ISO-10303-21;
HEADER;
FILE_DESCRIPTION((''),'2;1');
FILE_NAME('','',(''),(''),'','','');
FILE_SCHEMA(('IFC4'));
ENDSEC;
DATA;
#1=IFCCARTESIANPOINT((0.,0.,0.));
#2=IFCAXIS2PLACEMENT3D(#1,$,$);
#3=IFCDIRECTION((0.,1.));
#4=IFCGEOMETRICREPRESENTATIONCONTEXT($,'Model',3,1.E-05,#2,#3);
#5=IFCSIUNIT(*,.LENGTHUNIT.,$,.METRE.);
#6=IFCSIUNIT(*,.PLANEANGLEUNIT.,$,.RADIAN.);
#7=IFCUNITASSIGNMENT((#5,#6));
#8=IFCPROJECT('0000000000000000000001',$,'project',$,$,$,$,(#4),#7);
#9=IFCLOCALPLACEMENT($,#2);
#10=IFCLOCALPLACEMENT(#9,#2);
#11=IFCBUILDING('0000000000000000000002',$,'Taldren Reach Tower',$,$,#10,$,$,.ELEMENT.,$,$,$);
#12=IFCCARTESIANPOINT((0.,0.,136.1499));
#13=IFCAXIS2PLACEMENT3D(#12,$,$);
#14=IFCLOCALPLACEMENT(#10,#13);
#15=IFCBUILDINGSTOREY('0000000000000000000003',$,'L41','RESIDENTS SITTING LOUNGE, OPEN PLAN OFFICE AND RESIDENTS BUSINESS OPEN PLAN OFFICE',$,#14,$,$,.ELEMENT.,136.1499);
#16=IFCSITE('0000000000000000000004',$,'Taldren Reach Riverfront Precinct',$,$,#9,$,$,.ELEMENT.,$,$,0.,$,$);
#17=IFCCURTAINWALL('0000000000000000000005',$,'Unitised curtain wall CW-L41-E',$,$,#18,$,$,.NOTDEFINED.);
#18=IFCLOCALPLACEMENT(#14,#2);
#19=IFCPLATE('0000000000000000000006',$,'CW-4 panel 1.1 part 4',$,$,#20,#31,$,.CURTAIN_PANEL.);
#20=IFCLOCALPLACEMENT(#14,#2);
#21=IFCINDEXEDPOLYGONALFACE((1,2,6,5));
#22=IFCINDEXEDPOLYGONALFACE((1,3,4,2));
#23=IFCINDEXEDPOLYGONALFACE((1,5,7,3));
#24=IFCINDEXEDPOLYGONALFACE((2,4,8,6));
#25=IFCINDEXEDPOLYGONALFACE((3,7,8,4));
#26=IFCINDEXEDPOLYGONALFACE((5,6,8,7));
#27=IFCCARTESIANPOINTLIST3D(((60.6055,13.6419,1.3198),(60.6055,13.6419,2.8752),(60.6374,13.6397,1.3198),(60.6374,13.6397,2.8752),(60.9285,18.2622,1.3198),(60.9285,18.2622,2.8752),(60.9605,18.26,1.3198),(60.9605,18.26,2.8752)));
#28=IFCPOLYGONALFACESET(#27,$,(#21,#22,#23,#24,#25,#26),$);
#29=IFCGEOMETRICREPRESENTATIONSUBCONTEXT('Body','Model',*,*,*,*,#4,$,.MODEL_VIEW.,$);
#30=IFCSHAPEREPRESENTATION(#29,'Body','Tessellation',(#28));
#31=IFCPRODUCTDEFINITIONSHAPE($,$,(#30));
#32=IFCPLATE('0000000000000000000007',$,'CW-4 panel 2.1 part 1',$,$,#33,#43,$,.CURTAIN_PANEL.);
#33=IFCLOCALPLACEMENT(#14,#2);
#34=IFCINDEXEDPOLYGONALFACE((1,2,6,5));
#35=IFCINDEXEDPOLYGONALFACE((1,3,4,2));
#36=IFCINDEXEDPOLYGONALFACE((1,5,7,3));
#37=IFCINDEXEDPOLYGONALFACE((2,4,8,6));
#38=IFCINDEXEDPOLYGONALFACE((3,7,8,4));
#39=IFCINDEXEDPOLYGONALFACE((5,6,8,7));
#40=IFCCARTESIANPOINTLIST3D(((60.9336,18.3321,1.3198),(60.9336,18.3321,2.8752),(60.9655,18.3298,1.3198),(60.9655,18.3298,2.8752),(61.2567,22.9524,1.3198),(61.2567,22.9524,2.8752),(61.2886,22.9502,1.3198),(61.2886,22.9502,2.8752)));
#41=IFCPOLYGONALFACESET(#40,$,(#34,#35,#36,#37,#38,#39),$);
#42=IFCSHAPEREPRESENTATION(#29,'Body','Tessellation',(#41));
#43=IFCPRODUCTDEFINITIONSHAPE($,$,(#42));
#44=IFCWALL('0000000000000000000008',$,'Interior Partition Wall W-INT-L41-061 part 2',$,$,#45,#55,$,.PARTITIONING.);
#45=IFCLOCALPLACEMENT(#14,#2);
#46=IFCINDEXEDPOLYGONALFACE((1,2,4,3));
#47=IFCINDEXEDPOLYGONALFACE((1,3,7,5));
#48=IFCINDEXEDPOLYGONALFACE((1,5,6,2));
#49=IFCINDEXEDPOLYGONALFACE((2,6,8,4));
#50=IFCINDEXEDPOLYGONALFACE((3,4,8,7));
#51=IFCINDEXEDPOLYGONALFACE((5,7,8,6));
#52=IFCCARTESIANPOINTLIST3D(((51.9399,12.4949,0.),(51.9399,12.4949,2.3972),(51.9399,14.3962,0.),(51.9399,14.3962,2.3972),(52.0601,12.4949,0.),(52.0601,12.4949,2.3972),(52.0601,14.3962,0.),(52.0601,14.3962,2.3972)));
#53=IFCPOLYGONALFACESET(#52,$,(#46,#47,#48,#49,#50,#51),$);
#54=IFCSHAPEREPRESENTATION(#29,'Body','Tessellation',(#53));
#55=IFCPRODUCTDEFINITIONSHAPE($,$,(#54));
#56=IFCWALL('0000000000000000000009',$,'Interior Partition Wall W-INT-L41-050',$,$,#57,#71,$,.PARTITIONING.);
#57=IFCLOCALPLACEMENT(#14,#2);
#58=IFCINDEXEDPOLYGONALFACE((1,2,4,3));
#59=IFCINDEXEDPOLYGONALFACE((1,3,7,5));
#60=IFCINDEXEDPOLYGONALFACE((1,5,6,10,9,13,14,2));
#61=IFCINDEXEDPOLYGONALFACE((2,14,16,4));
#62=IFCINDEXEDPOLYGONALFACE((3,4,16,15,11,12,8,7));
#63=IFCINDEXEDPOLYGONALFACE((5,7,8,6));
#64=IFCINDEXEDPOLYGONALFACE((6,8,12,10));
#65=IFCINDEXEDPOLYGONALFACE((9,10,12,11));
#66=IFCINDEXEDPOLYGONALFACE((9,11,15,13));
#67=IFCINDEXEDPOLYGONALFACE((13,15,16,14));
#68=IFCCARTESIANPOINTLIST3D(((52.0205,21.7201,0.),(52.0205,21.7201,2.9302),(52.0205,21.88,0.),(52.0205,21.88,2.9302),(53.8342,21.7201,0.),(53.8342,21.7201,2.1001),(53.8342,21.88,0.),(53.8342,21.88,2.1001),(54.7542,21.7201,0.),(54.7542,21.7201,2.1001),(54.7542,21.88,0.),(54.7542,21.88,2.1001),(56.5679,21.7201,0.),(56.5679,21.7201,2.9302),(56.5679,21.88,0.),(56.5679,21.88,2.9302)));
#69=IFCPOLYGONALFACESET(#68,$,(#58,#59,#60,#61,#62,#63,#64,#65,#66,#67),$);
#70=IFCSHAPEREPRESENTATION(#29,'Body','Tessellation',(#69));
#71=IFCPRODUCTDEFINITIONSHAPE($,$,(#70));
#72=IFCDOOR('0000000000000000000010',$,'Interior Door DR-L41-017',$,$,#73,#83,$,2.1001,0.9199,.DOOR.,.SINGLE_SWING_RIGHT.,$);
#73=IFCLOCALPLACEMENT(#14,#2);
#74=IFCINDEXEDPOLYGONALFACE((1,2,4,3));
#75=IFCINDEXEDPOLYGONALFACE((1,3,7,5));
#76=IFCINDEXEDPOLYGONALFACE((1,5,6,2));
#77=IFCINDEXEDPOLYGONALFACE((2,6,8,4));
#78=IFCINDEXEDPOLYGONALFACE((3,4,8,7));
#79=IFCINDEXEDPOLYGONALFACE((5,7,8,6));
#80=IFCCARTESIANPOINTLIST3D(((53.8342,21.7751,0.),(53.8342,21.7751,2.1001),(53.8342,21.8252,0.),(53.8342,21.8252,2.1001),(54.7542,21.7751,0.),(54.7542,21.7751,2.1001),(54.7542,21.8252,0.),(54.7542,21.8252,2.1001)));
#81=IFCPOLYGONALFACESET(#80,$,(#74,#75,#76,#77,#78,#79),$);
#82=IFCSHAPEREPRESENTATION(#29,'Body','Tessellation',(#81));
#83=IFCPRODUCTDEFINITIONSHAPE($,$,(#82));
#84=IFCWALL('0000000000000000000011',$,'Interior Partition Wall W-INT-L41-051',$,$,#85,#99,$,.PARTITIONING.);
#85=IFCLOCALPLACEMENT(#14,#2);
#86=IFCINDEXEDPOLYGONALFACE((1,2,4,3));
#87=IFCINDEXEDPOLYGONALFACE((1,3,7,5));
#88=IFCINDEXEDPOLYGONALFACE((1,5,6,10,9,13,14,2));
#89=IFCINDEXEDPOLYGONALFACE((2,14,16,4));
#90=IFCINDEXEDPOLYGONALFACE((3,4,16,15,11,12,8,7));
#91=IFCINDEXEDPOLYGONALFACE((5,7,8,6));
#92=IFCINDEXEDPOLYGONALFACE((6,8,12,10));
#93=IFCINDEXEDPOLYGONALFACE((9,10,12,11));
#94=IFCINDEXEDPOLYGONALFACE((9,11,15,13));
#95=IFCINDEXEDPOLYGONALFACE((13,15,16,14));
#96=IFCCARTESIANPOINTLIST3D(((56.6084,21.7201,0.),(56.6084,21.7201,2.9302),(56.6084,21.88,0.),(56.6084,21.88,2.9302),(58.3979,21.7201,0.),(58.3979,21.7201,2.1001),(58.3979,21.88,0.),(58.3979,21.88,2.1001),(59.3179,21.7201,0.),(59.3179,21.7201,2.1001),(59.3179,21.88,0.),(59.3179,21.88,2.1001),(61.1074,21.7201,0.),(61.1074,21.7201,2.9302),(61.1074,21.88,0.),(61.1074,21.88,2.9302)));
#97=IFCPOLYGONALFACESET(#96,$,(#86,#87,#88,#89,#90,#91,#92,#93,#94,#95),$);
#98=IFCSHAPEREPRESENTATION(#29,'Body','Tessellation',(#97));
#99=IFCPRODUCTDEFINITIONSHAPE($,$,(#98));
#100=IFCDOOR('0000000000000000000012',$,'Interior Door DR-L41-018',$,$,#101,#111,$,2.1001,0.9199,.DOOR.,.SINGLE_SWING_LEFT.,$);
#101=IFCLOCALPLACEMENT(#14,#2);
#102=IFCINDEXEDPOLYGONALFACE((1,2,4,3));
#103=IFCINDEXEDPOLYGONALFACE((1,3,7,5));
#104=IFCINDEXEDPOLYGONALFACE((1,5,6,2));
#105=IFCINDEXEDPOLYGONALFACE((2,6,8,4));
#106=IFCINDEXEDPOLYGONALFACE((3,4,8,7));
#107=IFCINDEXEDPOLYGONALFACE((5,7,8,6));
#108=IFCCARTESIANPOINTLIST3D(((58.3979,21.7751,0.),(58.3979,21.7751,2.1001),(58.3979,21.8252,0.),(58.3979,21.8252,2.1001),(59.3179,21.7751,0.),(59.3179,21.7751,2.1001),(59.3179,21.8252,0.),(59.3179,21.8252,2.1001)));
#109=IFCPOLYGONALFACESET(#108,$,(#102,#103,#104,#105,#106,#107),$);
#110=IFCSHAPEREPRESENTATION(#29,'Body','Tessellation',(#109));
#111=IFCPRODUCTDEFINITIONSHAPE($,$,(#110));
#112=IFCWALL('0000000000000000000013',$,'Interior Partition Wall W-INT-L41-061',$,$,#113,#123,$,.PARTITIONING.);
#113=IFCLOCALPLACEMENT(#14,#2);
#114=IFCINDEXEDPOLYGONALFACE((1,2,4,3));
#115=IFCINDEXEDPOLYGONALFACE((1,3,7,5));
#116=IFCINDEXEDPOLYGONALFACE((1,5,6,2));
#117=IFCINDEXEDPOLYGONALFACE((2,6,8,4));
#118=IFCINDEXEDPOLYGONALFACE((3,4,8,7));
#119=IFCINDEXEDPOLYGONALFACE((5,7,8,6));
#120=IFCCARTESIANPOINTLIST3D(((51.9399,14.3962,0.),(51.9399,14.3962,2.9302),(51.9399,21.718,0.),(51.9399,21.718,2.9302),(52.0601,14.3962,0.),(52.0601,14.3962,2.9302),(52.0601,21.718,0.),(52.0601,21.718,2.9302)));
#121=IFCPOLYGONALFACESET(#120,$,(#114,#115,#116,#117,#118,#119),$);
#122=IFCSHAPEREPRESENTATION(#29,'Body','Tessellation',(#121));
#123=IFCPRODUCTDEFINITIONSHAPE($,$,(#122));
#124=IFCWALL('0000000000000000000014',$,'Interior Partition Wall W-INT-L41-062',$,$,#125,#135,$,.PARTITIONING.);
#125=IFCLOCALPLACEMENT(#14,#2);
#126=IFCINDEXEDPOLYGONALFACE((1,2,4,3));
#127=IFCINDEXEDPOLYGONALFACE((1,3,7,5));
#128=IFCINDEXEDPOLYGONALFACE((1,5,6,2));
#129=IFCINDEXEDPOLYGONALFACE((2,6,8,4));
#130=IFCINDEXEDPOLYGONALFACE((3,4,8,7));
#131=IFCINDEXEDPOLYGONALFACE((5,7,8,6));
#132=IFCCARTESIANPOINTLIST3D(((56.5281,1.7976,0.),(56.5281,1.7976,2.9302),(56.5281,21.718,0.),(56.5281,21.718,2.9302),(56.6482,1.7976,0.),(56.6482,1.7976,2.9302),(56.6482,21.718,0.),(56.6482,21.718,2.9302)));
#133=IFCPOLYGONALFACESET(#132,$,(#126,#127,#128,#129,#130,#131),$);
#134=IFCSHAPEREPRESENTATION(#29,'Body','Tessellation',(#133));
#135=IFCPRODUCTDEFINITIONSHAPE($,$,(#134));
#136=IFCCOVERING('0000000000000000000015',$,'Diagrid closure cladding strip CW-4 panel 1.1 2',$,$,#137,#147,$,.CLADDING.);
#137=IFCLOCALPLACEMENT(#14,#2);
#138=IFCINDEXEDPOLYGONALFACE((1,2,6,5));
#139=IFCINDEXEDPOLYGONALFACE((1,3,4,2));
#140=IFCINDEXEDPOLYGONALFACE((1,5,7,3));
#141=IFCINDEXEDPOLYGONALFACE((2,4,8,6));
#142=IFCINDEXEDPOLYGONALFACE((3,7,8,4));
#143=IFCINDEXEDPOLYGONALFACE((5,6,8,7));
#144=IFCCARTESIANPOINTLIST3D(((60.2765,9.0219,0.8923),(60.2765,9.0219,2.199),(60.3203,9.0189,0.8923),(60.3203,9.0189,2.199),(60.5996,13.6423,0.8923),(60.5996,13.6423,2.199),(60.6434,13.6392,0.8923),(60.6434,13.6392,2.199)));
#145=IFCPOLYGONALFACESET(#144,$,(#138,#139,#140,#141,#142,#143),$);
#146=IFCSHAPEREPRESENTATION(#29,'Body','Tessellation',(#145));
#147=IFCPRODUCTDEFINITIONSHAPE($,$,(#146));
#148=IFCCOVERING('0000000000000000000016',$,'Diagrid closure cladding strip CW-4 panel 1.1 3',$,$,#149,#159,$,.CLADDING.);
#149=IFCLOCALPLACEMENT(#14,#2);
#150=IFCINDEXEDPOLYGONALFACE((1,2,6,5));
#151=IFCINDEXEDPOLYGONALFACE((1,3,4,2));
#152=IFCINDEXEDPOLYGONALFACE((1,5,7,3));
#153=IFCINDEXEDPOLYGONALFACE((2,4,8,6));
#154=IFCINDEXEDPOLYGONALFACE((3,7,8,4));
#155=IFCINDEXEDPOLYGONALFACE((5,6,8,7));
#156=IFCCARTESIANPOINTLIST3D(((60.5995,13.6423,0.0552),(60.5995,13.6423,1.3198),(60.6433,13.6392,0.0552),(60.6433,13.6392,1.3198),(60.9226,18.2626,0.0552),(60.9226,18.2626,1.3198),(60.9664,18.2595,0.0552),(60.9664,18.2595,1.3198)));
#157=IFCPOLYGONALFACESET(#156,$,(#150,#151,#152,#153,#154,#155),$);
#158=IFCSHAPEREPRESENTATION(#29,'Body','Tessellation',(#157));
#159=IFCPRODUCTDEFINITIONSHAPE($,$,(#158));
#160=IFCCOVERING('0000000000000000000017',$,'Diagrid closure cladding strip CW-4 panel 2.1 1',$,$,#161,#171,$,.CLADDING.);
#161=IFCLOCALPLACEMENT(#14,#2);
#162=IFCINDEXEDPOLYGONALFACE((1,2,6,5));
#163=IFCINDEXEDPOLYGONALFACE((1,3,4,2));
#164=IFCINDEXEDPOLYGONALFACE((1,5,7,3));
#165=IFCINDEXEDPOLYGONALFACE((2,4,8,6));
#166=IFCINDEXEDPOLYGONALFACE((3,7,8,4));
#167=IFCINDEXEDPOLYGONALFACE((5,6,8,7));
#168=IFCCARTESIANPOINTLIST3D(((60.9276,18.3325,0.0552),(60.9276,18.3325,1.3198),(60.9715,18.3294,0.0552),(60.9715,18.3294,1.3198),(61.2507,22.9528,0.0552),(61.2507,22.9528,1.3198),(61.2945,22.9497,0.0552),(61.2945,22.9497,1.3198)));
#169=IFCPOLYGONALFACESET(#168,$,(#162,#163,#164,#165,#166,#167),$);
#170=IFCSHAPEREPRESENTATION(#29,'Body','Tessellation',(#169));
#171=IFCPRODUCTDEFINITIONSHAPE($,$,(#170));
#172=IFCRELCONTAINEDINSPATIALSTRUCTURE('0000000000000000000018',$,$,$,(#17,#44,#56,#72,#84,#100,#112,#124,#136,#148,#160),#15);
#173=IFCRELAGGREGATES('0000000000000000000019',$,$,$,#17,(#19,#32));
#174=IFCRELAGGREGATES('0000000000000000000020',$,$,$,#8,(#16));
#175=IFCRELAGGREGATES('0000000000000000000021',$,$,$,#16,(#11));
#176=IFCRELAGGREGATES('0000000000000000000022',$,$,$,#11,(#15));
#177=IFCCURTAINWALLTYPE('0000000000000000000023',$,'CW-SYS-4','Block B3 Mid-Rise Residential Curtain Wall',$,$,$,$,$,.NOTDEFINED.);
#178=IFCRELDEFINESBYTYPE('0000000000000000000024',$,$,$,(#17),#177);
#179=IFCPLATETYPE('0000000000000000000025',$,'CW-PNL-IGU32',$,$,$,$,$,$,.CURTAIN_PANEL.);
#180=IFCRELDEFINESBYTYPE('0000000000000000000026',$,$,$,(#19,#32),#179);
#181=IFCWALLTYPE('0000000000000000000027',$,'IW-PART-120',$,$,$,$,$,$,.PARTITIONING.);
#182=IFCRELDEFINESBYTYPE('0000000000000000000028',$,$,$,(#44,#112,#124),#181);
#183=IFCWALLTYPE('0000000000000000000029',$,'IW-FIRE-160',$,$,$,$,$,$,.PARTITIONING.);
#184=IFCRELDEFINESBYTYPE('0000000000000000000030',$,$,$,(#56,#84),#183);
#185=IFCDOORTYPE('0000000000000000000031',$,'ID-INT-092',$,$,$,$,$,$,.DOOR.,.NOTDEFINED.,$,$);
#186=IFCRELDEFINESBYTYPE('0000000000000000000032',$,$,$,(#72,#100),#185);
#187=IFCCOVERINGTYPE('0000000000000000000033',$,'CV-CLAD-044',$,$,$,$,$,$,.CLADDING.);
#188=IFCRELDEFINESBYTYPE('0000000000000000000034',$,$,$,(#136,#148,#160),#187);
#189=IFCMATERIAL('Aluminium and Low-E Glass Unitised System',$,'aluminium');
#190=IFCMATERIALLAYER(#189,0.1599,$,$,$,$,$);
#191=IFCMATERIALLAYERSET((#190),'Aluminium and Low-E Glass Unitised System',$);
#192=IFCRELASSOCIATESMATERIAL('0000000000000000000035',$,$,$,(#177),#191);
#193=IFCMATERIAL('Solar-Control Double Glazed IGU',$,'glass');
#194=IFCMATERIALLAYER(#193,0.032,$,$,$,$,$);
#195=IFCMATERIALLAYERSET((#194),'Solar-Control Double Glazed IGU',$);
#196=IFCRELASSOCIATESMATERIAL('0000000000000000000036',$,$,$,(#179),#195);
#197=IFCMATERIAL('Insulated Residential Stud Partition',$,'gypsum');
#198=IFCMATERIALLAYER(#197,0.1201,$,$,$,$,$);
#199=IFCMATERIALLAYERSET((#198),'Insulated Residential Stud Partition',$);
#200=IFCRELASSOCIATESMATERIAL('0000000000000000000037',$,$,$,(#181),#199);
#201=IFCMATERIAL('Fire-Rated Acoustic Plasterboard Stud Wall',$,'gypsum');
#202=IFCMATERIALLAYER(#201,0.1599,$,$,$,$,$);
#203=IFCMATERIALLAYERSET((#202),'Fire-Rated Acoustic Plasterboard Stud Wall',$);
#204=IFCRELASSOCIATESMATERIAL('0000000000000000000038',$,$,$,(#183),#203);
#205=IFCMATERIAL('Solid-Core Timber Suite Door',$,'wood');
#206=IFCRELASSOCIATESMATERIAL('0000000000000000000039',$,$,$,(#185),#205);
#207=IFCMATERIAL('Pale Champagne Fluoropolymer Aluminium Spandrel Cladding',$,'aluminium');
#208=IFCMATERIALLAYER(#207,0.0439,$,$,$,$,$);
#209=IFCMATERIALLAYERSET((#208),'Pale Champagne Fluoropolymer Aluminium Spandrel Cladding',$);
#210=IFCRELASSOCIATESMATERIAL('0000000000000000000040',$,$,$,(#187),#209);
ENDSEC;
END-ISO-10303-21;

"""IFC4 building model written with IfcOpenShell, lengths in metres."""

from ifc_helpers import new_model, si_unit, direction, frame, frame_2d, origin, origin_2d, place, context, subcontext, project, spatial, rectangle, extrude, source, transform, mapped, material, layer, layer_set, type_object, element, fill, aggregate, save


model = new_model("IFC4")

# Units and contexts
model_context = context("Model", 3, precision=1e-05, world=origin(), true_north=direction((0.0, 1.0)))
body_context = subcontext(model_context, "Body", "Model", "MODEL_VIEW")
ifc_project = project(units=[si_unit("LENGTHUNIT", "METRE"), si_unit("PLANEANGLEUNIT", "RADIAN")], contexts=[model_context])

# Site, building, storey
site_placement = place(None, origin())
site = spatial("IfcSite", under=ifc_project, at=site_placement, Name="Taldren Reach Riverfront Precinct", CompositionType="ELEMENT", RefElevation=0.0)
building_placement = place(site_placement, origin())
building = spatial("IfcBuilding", under=site, at=building_placement, Name="Taldren Reach Tower", CompositionType="ELEMENT")
storey_placement = place(building_placement, frame((0.0, 0.0, 136.1499)))
storey = spatial("IfcBuildingStorey", under=building, at=storey_placement, Name="L41", Description="RESIDENTS SITTING LOUNGE, OPEN PLAN OFFICE AND RESIDENTS BUSINESS OPEN PLAN OFFICE", CompositionType="ELEMENT", Elevation=136.1499)

# Curtain wall
ifc_material_1 = material(Name="Aluminium and Low-E Glass Unitised System", Category="aluminium")
ifc_layer_1 = layer(ifc_material_1, 0.1599)
ifc_layer_set_1 = layer_set([ifc_layer_1], Name="Aluminium and Low-E Glass Unitised System")
curtain_wall_type = type_object("IfcCurtainWallType", Name="CW-SYS-4", Description="Block B3 Mid-Rise Residential Curtain Wall", PredefinedType="NOTDEFINED", material=ifc_layer_set_1)
curtain_wall_placement = place(storey_placement, origin())
curtain_wall = element("IfcCurtainWall", 1, at=curtain_wall_placement, inside=storey, type_object=curtain_wall_type, Name="Unitised curtain wall CW-L41-E", PredefinedType="NOTDEFINED")

# Plates
ifc_material_2 = material(Name="Solar-Control Double Glazed IGU", Category="glass")
ifc_layer_2 = layer(ifc_material_2, 0.032)
ifc_layer_set_2 = layer_set([ifc_layer_2], Name="Solar-Control Double Glazed IGU")
plate_type_1 = type_object("IfcPlateType", Name="CW-PNL-IGU32", PredefinedType="CURTAIN_PANEL", material=ifc_layer_set_2)
shared_shape_1 = source(origin(), body_context, "Body", "SweptSolid", [
    extrude(rectangle(XDim=4.6316, YDim=0.032, at=origin_2d()), origin(), (0.0, 0.0, 1.0), 1.5554),
])
plate_1_placement = place(storey_placement, frame((60.783, 15.9509, 1.3198), z_axis=(0.0, 0.0, 1.0), x_axis=(0.069756, 0.997564, 0.0)))
plate_1 = element("IfcPlate", 2, at=plate_1_placement, type_object=plate_type_1, Name="CW-4 panel 1.1 part 4", PredefinedType="CURTAIN_PANEL", context=body_context, shape_type="MappedRepresentation", body=[
    mapped(shared_shape_1, transform((0.0, 0.0, 0.0), scale=1.0)),
])
plate_2_placement = place(storey_placement, frame((61.1111, 20.6411, 1.3198), z_axis=(0.0, 0.0, 1.0), x_axis=(0.069756, 0.997564, 0.0)))
plate_2 = element("IfcPlate", 3, at=plate_2_placement, type_object=plate_type_1, Name="CW-4 panel 2.1 part 1", PredefinedType="CURTAIN_PANEL", context=body_context, shape_type="MappedRepresentation", body=[
    mapped(shared_shape_1, transform((0.0, 0.0, 0.0), scale=1.0)),
])
aggregate(curtain_wall, [plate_1, plate_2])

# Wall
ifc_material_3 = material(Name="Insulated Residential Stud Partition", Category="gypsum")
ifc_layer_3 = layer(ifc_material_3, 0.1201)
ifc_layer_set_3 = layer_set([ifc_layer_3], Name="Insulated Residential Stud Partition")
wall_type_1 = type_object("IfcWallType", Name="IW-PART-120", PredefinedType="PARTITIONING", material=ifc_layer_set_3)
shared_shape_2 = source(origin(), body_context, "Body", "SweptSolid", [
    extrude(rectangle(XDim=1.9014, YDim=0.1201, at=frame_2d((0.9507, 0.0))), origin(), (0.0, 0.0, 1.0), 2.3972),
])
wall_1_placement = place(storey_placement, frame((52.0, 14.3962, 0.0), z_axis=(0.0, 0.0, 1.0), x_axis=(0.0, -1.0, 0.0)))
element("IfcWall", 4, at=wall_1_placement, inside=storey, type_object=wall_type_1, Name="Interior Partition Wall W-INT-L41-061 part 2", PredefinedType="PARTITIONING", context=body_context, shape_type="MappedRepresentation", body=[
    mapped(shared_shape_2, transform((0.0, 0.0, 0.0), scale=1.0)),
])

# Walls, openings, doors
ifc_material_4 = material(Name="Fire-Rated Acoustic Plasterboard Stud Wall", Category="gypsum")
ifc_layer_4 = layer(ifc_material_4, 0.1599)
ifc_layer_set_4 = layer_set([ifc_layer_4], Name="Fire-Rated Acoustic Plasterboard Stud Wall")
wall_type_2 = type_object("IfcWallType", Name="IW-FIRE-160", PredefinedType="PARTITIONING", material=ifc_layer_set_4)
shared_shape_3 = source(origin(), body_context, "Body", "SweptSolid", [
    extrude(rectangle(XDim=4.5474, YDim=0.1599, at=frame_2d((2.2737, 0.0))), origin(), (0.0, 0.0, 1.0), 2.9302),
])
wall_2_placement = place(storey_placement, frame((56.5679, 21.8, 0.0), z_axis=(0.0, 0.0, 1.0), x_axis=(-1.0, 0.0, 0.0)))
wall_2 = element("IfcWall", 5, at=wall_2_placement, inside=storey, type_object=wall_type_2, Name="Interior Partition Wall W-INT-L41-050", PredefinedType="PARTITIONING", context=body_context, shape_type="MappedRepresentation", body=[
    mapped(shared_shape_3, transform((0.0, 0.0, 0.0), scale=1.0)),
])
shared_shape_4 = source(origin(), body_context, "Body", "SweptSolid", [
    extrude(rectangle(XDim=0.9199, YDim=2.1001, at=frame_2d((0.46, 1.05))), frame((0.0, 0.0898, 0.0), z_axis=(0.0, -1.0, 0.0), x_axis=(1.0, 0.0, 0.0)), (0.0, 0.0, 1.0), 0.1799),
])
opening_1_placement = place(wall_2_placement, frame((1.8137, 0.0, 0.0)))
opening_1 = element("IfcOpeningElement", 6, at=opening_1_placement, cuts=wall_2, PredefinedType="OPENING", context=body_context, shape_type="MappedRepresentation", body=[
    mapped(shared_shape_4, transform((0.0, 0.0, 0.0), scale=1.0)),
])
ifc_material_5 = material(Name="Solid-Core Timber Suite Door", Category="wood")
door_type = type_object("IfcDoorType", Name="ID-INT-092", OperationType="NOTDEFINED", PredefinedType="DOOR", material=ifc_material_5)
shared_shape_5 = source(origin(), body_context, "Body", "SweptSolid", [
    extrude(rectangle(XDim=0.9199, YDim=2.1001, at=frame_2d((0.46, 1.05))), frame((0.0, 0.0249, 0.0), z_axis=(0.0, -1.0, 0.0), x_axis=(1.0, 0.0, 0.0)), (0.0, 0.0, 1.0), 0.05),
])
door_1_placement = place(opening_1_placement, origin())
door_1 = element("IfcDoor", 7, at=door_1_placement, inside=storey, type_object=door_type, Name="Interior Door DR-L41-017", OperationType="SINGLE_SWING_RIGHT", OverallHeight=2.1001, OverallWidth=0.9199, PredefinedType="DOOR", context=body_context, shape_type="MappedRepresentation", body=[
    mapped(shared_shape_5, transform((0.0, 0.0, 0.0), scale=1.0)),
])
fill(opening_1, door_1)
shared_shape_6 = source(origin(), body_context, "Body", "SweptSolid", [
    extrude(rectangle(XDim=4.499, YDim=0.1599, at=frame_2d((2.2495, 0.0))), origin(), (0.0, 0.0, 1.0), 2.9302),
])
wall_3_placement = place(storey_placement, frame((61.1074, 21.8, 0.0), z_axis=(0.0, 0.0, 1.0), x_axis=(-1.0, 0.0, 0.0)))
wall_3 = element("IfcWall", 8, at=wall_3_placement, inside=storey, type_object=wall_type_2, Name="Interior Partition Wall W-INT-L41-051", PredefinedType="PARTITIONING", context=body_context, shape_type="MappedRepresentation", body=[
    mapped(shared_shape_6, transform((0.0, 0.0, 0.0), scale=1.0)),
])
opening_2_placement = place(wall_3_placement, frame((1.7896, 0.0, 0.0)))
opening_2 = element("IfcOpeningElement", 9, at=opening_2_placement, cuts=wall_3, PredefinedType="OPENING", context=body_context, shape_type="MappedRepresentation", body=[
    mapped(shared_shape_4, transform((0.0, 0.0, 0.0), scale=1.0)),
])
door_2_placement = place(opening_2_placement, origin())
door_2 = element("IfcDoor", 10, at=door_2_placement, inside=storey, type_object=door_type, Name="Interior Door DR-L41-018", OperationType="SINGLE_SWING_LEFT", OverallHeight=2.1001, OverallWidth=0.9199, PredefinedType="DOOR", context=body_context, shape_type="MappedRepresentation", body=[
    mapped(shared_shape_5, transform((0.0, 0.0, 0.0), scale=1.0)),
])
fill(opening_2, door_2)

# Walls
shared_shape_7 = source(origin(), body_context, "Body", "SweptSolid", [
    extrude(rectangle(XDim=7.3218, YDim=0.1201, at=frame_2d((3.6609, 0.0))), origin(), (0.0, 0.0, 1.0), 2.9302),
])
wall_4_placement = place(storey_placement, frame((52.0, 21.718, 0.0), z_axis=(0.0, 0.0, 1.0), x_axis=(0.0, -1.0, 0.0)))
element("IfcWall", 11, at=wall_4_placement, inside=storey, type_object=wall_type_1, Name="Interior Partition Wall W-INT-L41-061", PredefinedType="PARTITIONING", context=body_context, shape_type="MappedRepresentation", body=[
    mapped(shared_shape_7, transform((0.0, 0.0, 0.0), scale=1.0)),
])
shared_shape_8 = source(origin(), body_context, "Body", "SweptSolid", [
    extrude(rectangle(XDim=19.9204, YDim=0.1201, at=frame_2d((9.9602, 0.0))), origin(), (0.0, 0.0, 1.0), 2.9302),
])
wall_5_placement = place(storey_placement, frame((56.5881, 21.718, 0.0), z_axis=(0.0, 0.0, 1.0), x_axis=(0.0, -1.0, 0.0)))
element("IfcWall", 12, at=wall_5_placement, inside=storey, type_object=wall_type_1, Name="Interior Partition Wall W-INT-L41-062", PredefinedType="PARTITIONING", context=body_context, shape_type="MappedRepresentation", body=[
    mapped(shared_shape_8, transform((0.0, 0.0, 0.0), scale=1.0)),
])

# Coverings
ifc_material_6 = material(Name="Pale Champagne Fluoropolymer Aluminium Spandrel Cladding", Category="aluminium")
ifc_layer_5 = layer(ifc_material_6, 0.0439)
ifc_layer_set_5 = layer_set([ifc_layer_5], Name="Pale Champagne Fluoropolymer Aluminium Spandrel Cladding")
covering_type = type_object("IfcCoveringType", Name="CV-CLAD-044", PredefinedType="CLADDING", material=ifc_layer_set_5)
shared_shape_9 = source(origin(), body_context, "Body", "SweptSolid", [
    extrude(rectangle(XDim=4.6316, YDim=0.0439, at=origin_2d()), origin(), (0.0, 0.0, 1.0), 1.3066),
])
covering_placement = place(storey_placement, frame((60.46, 11.3306, 0.8923), z_axis=(0.0, 0.0, 1.0), x_axis=(0.069756, 0.997564, 0.0)))
element("IfcCovering", 13, at=covering_placement, inside=storey, type_object=covering_type, Name="Diagrid closure cladding strip CW-4 panel 1.1 2", PredefinedType="CLADDING", context=body_context, shape_type="MappedRepresentation", body=[
    mapped(shared_shape_9, transform((0.0, 0.0, 0.0), scale=1.0)),
])
shared_shape_10 = source(origin(), body_context, "Body", "SweptSolid", [
    extrude(rectangle(XDim=4.6316, YDim=0.0439, at=origin_2d()), origin(), (0.0, 0.0, 1.0), 1.2646),
])
for number, where, z_axis, x_axis, name in (
    (14, (60.783, 15.9509, 0.0552), (0.0, 0.0, 1.0), (0.069756, 0.997564, 0.0), "Diagrid closure cladding strip CW-4 panel 1.1 3"),
    (15, (61.1111, 20.6411, 0.0552), (0.0, 0.0, 1.0), (0.069756, 0.997564, 0.0), "Diagrid closure cladding strip CW-4 panel 2.1 1"),
):
    element("IfcCovering", number, at=place(storey_placement, frame(where, z_axis=z_axis, x_axis=x_axis)), inside=storey, type_object=covering_type, Name=name, PredefinedType="CLADDING", context=body_context, shape_type="MappedRepresentation", body=[
        mapped(shared_shape_10, transform((0.0, 0.0, 0.0), scale=1.0)),
    ])

save(model, "model.ifc")
